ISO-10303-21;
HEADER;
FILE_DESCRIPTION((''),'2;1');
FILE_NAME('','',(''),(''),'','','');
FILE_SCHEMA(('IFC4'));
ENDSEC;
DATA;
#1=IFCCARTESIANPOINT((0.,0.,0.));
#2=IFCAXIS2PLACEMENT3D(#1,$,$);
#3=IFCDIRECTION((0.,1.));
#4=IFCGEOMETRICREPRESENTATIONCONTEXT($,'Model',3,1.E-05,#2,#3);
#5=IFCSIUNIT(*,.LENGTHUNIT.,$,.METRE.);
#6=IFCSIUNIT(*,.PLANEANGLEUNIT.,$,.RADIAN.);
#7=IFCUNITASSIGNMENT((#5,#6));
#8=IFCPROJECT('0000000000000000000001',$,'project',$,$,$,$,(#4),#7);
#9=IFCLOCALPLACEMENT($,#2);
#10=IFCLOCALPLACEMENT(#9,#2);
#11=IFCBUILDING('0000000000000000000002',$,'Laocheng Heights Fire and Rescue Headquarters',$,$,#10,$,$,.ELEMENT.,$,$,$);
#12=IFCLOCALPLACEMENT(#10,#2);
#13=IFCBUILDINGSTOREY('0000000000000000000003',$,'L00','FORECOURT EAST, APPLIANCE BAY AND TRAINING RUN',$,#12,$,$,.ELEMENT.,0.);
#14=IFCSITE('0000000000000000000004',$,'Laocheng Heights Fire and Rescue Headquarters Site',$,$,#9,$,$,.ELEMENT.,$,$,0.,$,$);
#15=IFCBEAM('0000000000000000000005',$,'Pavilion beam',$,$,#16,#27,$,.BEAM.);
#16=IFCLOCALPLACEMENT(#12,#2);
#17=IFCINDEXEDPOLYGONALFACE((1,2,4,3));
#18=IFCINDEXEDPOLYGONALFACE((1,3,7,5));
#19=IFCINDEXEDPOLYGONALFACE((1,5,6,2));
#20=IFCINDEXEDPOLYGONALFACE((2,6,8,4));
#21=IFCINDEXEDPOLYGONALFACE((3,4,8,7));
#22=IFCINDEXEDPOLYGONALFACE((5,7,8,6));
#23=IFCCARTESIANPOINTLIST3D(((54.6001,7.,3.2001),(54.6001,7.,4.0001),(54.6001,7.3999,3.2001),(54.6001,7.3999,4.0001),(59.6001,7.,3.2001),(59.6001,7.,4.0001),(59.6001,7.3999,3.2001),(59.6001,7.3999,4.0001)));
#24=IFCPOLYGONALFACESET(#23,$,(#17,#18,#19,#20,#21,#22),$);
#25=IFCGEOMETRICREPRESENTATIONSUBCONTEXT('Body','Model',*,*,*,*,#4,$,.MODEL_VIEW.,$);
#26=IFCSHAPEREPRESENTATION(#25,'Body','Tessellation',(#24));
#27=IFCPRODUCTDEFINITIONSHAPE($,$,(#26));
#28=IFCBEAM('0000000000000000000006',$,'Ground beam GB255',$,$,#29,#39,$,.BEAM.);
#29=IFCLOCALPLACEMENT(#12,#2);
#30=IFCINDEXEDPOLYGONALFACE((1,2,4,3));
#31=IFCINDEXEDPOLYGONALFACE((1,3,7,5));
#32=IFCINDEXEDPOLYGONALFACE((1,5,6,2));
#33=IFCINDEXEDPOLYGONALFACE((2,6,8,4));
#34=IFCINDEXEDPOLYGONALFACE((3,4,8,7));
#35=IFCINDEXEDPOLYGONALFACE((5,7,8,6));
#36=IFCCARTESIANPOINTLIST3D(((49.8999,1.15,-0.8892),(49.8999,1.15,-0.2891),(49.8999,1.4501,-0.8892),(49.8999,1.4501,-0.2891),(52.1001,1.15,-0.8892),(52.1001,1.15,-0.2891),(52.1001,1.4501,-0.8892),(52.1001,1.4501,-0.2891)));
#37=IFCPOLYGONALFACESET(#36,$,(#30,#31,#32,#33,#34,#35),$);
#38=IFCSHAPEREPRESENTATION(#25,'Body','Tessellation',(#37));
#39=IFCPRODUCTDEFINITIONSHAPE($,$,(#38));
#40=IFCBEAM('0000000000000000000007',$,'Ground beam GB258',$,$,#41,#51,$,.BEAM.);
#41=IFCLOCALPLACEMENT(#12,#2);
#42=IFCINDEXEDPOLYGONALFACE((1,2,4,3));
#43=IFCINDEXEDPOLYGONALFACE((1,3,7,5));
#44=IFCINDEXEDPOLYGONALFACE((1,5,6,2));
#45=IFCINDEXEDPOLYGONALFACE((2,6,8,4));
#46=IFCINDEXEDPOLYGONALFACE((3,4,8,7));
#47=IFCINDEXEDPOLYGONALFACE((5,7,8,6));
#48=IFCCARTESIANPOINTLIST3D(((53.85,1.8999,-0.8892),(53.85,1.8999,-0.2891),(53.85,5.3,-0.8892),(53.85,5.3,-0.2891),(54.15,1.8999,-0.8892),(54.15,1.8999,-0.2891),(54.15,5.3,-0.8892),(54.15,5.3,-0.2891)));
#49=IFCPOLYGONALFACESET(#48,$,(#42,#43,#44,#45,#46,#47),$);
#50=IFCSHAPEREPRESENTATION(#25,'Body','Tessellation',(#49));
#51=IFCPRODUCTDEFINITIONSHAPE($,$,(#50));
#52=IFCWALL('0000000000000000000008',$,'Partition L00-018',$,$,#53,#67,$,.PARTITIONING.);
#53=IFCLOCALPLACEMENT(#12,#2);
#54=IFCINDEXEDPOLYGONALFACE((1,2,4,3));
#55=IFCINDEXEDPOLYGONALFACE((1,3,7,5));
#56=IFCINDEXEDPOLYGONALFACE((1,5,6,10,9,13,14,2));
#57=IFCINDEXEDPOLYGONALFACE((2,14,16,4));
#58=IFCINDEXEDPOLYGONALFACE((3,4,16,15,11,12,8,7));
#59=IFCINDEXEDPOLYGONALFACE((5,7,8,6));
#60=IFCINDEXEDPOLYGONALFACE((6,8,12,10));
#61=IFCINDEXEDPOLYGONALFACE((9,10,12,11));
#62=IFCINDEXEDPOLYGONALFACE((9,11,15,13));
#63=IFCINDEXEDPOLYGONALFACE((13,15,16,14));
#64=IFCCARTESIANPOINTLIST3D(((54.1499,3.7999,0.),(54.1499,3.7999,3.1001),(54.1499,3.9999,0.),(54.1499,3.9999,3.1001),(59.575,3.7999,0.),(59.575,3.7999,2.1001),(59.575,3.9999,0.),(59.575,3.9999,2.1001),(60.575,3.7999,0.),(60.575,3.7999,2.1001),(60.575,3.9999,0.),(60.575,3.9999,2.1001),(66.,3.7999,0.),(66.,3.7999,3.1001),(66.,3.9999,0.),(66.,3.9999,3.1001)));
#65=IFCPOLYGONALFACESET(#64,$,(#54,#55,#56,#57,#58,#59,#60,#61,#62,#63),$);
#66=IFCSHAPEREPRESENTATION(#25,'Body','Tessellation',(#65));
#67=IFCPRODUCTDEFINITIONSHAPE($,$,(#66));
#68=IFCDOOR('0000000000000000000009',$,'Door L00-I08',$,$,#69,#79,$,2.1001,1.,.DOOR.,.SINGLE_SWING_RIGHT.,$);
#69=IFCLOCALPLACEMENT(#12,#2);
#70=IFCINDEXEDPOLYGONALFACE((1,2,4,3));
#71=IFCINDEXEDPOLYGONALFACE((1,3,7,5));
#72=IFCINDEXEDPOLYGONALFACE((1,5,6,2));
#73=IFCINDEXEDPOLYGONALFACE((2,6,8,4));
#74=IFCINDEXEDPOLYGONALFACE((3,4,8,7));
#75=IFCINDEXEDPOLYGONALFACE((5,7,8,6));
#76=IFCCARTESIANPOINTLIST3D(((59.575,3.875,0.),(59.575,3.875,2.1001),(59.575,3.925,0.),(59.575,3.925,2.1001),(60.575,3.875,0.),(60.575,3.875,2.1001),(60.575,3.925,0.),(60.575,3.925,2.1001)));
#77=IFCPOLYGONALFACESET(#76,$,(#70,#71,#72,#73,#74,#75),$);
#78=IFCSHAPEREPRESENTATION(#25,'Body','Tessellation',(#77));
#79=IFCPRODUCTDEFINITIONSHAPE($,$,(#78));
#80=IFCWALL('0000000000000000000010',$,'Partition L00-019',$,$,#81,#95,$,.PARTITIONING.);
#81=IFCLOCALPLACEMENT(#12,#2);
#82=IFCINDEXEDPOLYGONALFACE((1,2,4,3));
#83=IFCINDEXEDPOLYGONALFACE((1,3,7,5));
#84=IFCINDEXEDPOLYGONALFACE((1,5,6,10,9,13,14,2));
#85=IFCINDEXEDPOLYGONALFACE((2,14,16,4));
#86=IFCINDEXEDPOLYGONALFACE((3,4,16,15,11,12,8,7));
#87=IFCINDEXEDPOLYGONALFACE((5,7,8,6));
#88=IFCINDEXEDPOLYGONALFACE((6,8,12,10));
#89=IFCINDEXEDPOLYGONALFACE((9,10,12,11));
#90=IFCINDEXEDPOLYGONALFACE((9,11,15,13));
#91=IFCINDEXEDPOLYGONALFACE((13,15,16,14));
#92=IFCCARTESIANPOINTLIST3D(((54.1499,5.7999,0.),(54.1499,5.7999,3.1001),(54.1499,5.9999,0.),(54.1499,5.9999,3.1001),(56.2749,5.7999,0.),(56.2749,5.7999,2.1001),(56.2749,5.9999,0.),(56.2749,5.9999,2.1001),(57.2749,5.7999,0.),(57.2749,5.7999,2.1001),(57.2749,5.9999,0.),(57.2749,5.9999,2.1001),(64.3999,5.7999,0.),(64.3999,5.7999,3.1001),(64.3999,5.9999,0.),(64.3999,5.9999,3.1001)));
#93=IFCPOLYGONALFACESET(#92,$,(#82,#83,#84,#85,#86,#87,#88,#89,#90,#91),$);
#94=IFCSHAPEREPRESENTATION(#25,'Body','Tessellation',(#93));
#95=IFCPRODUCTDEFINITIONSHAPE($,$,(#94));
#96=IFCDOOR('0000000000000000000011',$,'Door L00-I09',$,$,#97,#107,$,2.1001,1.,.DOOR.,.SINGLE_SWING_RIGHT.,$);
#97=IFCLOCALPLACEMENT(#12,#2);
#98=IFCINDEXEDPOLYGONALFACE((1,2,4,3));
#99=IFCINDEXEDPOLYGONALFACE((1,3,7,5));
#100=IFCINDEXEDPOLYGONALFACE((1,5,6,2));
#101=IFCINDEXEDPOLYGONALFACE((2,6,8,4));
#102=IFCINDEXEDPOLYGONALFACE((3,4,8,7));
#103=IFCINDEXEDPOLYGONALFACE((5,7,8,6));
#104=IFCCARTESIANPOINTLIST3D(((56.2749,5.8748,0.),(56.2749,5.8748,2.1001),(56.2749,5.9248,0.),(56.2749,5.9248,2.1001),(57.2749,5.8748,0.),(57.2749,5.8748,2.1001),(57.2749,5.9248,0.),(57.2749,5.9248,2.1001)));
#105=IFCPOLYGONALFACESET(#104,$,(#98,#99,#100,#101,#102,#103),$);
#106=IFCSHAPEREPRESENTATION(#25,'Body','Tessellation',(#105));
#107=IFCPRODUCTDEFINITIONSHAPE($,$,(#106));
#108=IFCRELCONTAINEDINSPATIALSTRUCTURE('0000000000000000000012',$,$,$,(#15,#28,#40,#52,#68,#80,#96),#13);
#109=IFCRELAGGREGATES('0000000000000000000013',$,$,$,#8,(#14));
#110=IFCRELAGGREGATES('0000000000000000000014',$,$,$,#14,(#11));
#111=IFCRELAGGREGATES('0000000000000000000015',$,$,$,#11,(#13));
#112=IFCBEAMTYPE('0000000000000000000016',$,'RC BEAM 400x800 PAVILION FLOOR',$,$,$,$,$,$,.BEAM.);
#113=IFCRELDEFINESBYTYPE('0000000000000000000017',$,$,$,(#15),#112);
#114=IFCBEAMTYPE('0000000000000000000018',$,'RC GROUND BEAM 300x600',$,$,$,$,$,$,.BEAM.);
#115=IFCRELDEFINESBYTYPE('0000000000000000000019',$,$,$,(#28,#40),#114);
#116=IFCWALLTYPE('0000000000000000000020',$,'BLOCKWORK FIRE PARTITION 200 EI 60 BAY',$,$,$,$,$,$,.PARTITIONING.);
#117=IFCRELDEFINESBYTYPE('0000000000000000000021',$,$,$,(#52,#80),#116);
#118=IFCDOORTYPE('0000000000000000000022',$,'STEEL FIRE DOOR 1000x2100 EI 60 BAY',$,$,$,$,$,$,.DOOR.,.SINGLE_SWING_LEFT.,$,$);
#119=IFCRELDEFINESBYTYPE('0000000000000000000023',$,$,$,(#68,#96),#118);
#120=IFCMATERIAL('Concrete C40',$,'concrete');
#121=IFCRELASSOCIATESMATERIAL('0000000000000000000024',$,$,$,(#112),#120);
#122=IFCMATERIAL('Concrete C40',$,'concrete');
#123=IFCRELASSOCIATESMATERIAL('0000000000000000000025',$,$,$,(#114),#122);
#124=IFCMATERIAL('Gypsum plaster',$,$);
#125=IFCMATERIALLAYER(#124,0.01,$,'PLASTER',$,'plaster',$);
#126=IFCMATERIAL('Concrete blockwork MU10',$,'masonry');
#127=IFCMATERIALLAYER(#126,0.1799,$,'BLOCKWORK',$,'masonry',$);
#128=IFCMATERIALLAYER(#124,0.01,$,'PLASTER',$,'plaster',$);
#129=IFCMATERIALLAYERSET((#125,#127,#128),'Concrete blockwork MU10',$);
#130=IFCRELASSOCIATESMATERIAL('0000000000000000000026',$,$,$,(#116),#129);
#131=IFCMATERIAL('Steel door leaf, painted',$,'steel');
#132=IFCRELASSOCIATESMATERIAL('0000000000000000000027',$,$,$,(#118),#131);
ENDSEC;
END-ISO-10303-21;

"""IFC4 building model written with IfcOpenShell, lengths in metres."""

from ifc_helpers import new_model, si_unit, direction, frame, frame_2d, origin, origin_2d, place, context, subcontext, project, spatial, rectangle, extrude, material, layer, layer_set, material_profile, profile_set, type_object, element, fill, save


model = new_model("IFC4")

# Units and contexts
model_context = context("Model", 3, precision=1e-05, world=origin(), true_north=direction((0.0, 1.0)))
body_context = subcontext(model_context, "Body", "Model", "MODEL_VIEW")
ifc_project = project(units=[si_unit("LENGTHUNIT", "METRE"), si_unit("PLANEANGLEUNIT", "RADIAN")], contexts=[model_context])

# Site, building, storey
site_placement = place(None, origin())
site = spatial("IfcSite", under=ifc_project, at=site_placement, Name="Laocheng Heights Fire and Rescue Headquarters Site", CompositionType="ELEMENT", RefElevation=0.0)
building_placement = place(site_placement, origin())
building = spatial("IfcBuilding", under=site, at=building_placement, Name="Laocheng Heights Fire and Rescue Headquarters", CompositionType="ELEMENT")
storey_placement = place(building_placement, origin())
storey = spatial("IfcBuildingStorey", under=building, at=storey_placement, Name="L00", Description="FORECOURT EAST, APPLIANCE BAY AND TRAINING RUN", CompositionType="ELEMENT", Elevation=0.0)

# Beams
ifc_material_1 = material(Name="Concrete C40", Category="concrete")
ifc_material_profile_1 = material_profile(ifc_material_1, rectangle(XDim=0.3999, YDim=0.8, at=origin_2d()), Name="RC BEAM 400x800 PAVILION FLOOR")
ifc_profile_set_1 = profile_set([ifc_material_profile_1], Name="Concrete C40")
beam_type_1 = type_object("IfcBeamType", Name="RC BEAM 400x800 PAVILION FLOOR", PredefinedType="BEAM", material=ifc_profile_set_1)
for number, where, z_axis, x_axis, name in (
    (1, (54.6001, 7.2, 3.6001), (1.0, 0.0, 0.0), (0.0, 1.0, 0.0), "Pavilion beam"),
):
    element("IfcBeam", number, at=place(storey_placement, frame(where, z_axis=z_axis, x_axis=x_axis)), inside=storey, type_object=beam_type_1, Name=name, PredefinedType="BEAM", context=body_context, shape_type="SweptSolid", body=[
        extrude(rectangle(XDim=0.3999, YDim=0.8, at=origin_2d()), origin(), (0.0, 0.0, 1.0), 5.0),
    ])
ifc_material_2 = material(Name="Concrete C40", Category="concrete")
ifc_material_profile_2 = material_profile(ifc_material_2, rectangle(XDim=0.3, YDim=0.6001, at=origin_2d()), Name="RC GROUND BEAM 300x600")
ifc_profile_set_2 = profile_set([ifc_material_profile_2], Name="Concrete C40")
beam_type_2 = type_object("IfcBeamType", Name="RC GROUND BEAM 300x600", PredefinedType="BEAM", material=ifc_profile_set_2)
beam_1_placement = place(storey_placement, frame((49.8999, 1.3, -0.5891), z_axis=(1.0, 0.0, 0.0), x_axis=(0.0, 1.0, 0.0)))
element("IfcBeam", 2, at=beam_1_placement, inside=storey, type_object=beam_type_2, Name="Ground beam GB255", PredefinedType="BEAM", context=body_context, shape_type="SweptSolid", body=[
    extrude(rectangle(XDim=0.3, YDim=0.6001, at=origin_2d()), origin(), (0.0, 0.0, 1.0), 2.2002),
])
beam_2_placement = place(storey_placement, frame((54.0, 1.8999, -0.5891), z_axis=(0.0, 1.0, 0.0), x_axis=(-1.0, 0.0, 0.0)))
element("IfcBeam", 3, at=beam_2_placement, inside=storey, type_object=beam_type_2, Name="Ground beam GB258", PredefinedType="BEAM", context=body_context, shape_type="SweptSolid", body=[
    extrude(rectangle(XDim=0.3, YDim=0.6001, at=origin_2d()), origin(), (0.0, 0.0, 1.0), 3.4001),
])

# Walls, openings, doors
ifc_material_3 = material(Name="Gypsum plaster")
ifc_layer_1 = layer(ifc_material_3, 0.01, Name="PLASTER", Category="plaster")
ifc_material_4 = material(Name="Concrete blockwork MU10", Category="masonry")
ifc_layer_2 = layer(ifc_material_4, 0.1799, Name="BLOCKWORK", Category="masonry")
ifc_layer_3 = layer(ifc_material_3, 0.01, Name="PLASTER", Category="plaster")
ifc_layer_set_1 = layer_set([ifc_layer_1, ifc_layer_2, ifc_layer_3], Name="Concrete blockwork MU10")
wall_type_1 = type_object("IfcWallType", Name="BLOCKWORK FIRE PARTITION 200 EI 60 BAY", PredefinedType="PARTITIONING", material=ifc_layer_set_1)
wall_1_placement = place(storey_placement, frame((54.1499, 3.8999, 0.0), z_axis=(0.0, 0.0, 1.0), x_axis=(1.0, 0.0, 0.0)))
wall_1 = element("IfcWall", 4, at=wall_1_placement, inside=storey, type_object=wall_type_1, Name="Partition L00-018", PredefinedType="PARTITIONING", context=body_context, shape_type="SweptSolid", body=[
    extrude(rectangle(XDim=11.8501, YDim=0.2, at=frame_2d((5.925, 0.0))), origin(), (0.0, 0.0, 1.0), 3.1001),
])
opening_1_placement = place(wall_1_placement, frame((5.425, 0.0, 0.0)))
opening_1 = element("IfcOpeningElement", 5, at=opening_1_placement, cuts=wall_1, PredefinedType="OPENING", context=body_context, shape_type="SweptSolid", body=[
    extrude(rectangle(XDim=1.0, YDim=2.1001, at=frame_2d((0.5, 1.05))), frame((0.0, 0.1099, 0.0), z_axis=(0.0, -1.0, 0.0), x_axis=(1.0, 0.0, 0.0)), (0.0, 0.0, 1.0), 0.22),
])
ifc_material_5 = material(Name="Steel door leaf, painted", Category="steel")
door_type_1 = type_object("IfcDoorType", Name="STEEL FIRE DOOR 1000x2100 EI 60 BAY", OperationType="SINGLE_SWING_LEFT", PredefinedType="DOOR", material=ifc_material_5)
door_1_placement = place(opening_1_placement, frame((1.0, 0.0, 0.0), z_axis=(0.0, 0.0, 1.0), x_axis=(-1.0, 0.0, 0.0)))
door_1 = element("IfcDoor", 6, at=door_1_placement, inside=storey, type_object=door_type_1, Name="Door L00-I08", OperationType="SINGLE_SWING_RIGHT", OverallHeight=2.1001, OverallWidth=1.0, PredefinedType="DOOR", context=body_context, shape_type="SweptSolid", body=[
    extrude(rectangle(XDim=1.0, YDim=2.1001, at=frame_2d((0.5, 1.05))), frame((0.0, 0.0249, 0.0), z_axis=(0.0, -1.0, 0.0), x_axis=(1.0, 0.0, 0.0)), (0.0, 0.0, 1.0), 0.05),
])
fill(opening_1, door_1)
wall_2_placement = place(storey_placement, frame((54.1499, 5.8999, 0.0), z_axis=(0.0, 0.0, 1.0), x_axis=(1.0, 0.0, 0.0)))
wall_2 = element("IfcWall", 7, at=wall_2_placement, inside=storey, type_object=wall_type_1, Name="Partition L00-019", PredefinedType="PARTITIONING", context=body_context, shape_type="SweptSolid", body=[
    extrude(rectangle(XDim=10.25, YDim=0.2, at=frame_2d((5.125, 0.0))), origin(), (0.0, 0.0, 1.0), 3.1001),
])
opening_2_placement = place(wall_2_placement, frame((2.125, 0.0, 0.0)))
opening_2 = element("IfcOpeningElement", 8, at=opening_2_placement, cuts=wall_2, PredefinedType="OPENING", context=body_context, shape_type="SweptSolid", body=[
    extrude(rectangle(XDim=1.0, YDim=2.1001, at=frame_2d((0.5, 1.05))), frame((0.0, 0.1099, 0.0), z_axis=(0.0, -1.0, 0.0), x_axis=(1.0, 0.0, 0.0)), (0.0, 0.0, 1.0), 0.22),
])
door_2_placement = place(opening_2_placement, origin())
door_2 = element("IfcDoor", 9, at=door_2_placement, inside=storey, type_object=door_type_1, Name="Door L00-I09", OperationType="SINGLE_SWING_RIGHT", OverallHeight=2.1001, OverallWidth=1.0, PredefinedType="DOOR", context=body_context, shape_type="SweptSolid", body=[
    extrude(rectangle(XDim=1.0, YDim=2.1001, at=frame_2d((0.5, 1.05))), frame((0.0, 0.0249, 0.0), z_axis=(0.0, -1.0, 0.0), x_axis=(1.0, 0.0, 0.0)), (0.0, 0.0, 1.0), 0.05),
])
fill(opening_2, door_2)

save(model, "model.ifc")
